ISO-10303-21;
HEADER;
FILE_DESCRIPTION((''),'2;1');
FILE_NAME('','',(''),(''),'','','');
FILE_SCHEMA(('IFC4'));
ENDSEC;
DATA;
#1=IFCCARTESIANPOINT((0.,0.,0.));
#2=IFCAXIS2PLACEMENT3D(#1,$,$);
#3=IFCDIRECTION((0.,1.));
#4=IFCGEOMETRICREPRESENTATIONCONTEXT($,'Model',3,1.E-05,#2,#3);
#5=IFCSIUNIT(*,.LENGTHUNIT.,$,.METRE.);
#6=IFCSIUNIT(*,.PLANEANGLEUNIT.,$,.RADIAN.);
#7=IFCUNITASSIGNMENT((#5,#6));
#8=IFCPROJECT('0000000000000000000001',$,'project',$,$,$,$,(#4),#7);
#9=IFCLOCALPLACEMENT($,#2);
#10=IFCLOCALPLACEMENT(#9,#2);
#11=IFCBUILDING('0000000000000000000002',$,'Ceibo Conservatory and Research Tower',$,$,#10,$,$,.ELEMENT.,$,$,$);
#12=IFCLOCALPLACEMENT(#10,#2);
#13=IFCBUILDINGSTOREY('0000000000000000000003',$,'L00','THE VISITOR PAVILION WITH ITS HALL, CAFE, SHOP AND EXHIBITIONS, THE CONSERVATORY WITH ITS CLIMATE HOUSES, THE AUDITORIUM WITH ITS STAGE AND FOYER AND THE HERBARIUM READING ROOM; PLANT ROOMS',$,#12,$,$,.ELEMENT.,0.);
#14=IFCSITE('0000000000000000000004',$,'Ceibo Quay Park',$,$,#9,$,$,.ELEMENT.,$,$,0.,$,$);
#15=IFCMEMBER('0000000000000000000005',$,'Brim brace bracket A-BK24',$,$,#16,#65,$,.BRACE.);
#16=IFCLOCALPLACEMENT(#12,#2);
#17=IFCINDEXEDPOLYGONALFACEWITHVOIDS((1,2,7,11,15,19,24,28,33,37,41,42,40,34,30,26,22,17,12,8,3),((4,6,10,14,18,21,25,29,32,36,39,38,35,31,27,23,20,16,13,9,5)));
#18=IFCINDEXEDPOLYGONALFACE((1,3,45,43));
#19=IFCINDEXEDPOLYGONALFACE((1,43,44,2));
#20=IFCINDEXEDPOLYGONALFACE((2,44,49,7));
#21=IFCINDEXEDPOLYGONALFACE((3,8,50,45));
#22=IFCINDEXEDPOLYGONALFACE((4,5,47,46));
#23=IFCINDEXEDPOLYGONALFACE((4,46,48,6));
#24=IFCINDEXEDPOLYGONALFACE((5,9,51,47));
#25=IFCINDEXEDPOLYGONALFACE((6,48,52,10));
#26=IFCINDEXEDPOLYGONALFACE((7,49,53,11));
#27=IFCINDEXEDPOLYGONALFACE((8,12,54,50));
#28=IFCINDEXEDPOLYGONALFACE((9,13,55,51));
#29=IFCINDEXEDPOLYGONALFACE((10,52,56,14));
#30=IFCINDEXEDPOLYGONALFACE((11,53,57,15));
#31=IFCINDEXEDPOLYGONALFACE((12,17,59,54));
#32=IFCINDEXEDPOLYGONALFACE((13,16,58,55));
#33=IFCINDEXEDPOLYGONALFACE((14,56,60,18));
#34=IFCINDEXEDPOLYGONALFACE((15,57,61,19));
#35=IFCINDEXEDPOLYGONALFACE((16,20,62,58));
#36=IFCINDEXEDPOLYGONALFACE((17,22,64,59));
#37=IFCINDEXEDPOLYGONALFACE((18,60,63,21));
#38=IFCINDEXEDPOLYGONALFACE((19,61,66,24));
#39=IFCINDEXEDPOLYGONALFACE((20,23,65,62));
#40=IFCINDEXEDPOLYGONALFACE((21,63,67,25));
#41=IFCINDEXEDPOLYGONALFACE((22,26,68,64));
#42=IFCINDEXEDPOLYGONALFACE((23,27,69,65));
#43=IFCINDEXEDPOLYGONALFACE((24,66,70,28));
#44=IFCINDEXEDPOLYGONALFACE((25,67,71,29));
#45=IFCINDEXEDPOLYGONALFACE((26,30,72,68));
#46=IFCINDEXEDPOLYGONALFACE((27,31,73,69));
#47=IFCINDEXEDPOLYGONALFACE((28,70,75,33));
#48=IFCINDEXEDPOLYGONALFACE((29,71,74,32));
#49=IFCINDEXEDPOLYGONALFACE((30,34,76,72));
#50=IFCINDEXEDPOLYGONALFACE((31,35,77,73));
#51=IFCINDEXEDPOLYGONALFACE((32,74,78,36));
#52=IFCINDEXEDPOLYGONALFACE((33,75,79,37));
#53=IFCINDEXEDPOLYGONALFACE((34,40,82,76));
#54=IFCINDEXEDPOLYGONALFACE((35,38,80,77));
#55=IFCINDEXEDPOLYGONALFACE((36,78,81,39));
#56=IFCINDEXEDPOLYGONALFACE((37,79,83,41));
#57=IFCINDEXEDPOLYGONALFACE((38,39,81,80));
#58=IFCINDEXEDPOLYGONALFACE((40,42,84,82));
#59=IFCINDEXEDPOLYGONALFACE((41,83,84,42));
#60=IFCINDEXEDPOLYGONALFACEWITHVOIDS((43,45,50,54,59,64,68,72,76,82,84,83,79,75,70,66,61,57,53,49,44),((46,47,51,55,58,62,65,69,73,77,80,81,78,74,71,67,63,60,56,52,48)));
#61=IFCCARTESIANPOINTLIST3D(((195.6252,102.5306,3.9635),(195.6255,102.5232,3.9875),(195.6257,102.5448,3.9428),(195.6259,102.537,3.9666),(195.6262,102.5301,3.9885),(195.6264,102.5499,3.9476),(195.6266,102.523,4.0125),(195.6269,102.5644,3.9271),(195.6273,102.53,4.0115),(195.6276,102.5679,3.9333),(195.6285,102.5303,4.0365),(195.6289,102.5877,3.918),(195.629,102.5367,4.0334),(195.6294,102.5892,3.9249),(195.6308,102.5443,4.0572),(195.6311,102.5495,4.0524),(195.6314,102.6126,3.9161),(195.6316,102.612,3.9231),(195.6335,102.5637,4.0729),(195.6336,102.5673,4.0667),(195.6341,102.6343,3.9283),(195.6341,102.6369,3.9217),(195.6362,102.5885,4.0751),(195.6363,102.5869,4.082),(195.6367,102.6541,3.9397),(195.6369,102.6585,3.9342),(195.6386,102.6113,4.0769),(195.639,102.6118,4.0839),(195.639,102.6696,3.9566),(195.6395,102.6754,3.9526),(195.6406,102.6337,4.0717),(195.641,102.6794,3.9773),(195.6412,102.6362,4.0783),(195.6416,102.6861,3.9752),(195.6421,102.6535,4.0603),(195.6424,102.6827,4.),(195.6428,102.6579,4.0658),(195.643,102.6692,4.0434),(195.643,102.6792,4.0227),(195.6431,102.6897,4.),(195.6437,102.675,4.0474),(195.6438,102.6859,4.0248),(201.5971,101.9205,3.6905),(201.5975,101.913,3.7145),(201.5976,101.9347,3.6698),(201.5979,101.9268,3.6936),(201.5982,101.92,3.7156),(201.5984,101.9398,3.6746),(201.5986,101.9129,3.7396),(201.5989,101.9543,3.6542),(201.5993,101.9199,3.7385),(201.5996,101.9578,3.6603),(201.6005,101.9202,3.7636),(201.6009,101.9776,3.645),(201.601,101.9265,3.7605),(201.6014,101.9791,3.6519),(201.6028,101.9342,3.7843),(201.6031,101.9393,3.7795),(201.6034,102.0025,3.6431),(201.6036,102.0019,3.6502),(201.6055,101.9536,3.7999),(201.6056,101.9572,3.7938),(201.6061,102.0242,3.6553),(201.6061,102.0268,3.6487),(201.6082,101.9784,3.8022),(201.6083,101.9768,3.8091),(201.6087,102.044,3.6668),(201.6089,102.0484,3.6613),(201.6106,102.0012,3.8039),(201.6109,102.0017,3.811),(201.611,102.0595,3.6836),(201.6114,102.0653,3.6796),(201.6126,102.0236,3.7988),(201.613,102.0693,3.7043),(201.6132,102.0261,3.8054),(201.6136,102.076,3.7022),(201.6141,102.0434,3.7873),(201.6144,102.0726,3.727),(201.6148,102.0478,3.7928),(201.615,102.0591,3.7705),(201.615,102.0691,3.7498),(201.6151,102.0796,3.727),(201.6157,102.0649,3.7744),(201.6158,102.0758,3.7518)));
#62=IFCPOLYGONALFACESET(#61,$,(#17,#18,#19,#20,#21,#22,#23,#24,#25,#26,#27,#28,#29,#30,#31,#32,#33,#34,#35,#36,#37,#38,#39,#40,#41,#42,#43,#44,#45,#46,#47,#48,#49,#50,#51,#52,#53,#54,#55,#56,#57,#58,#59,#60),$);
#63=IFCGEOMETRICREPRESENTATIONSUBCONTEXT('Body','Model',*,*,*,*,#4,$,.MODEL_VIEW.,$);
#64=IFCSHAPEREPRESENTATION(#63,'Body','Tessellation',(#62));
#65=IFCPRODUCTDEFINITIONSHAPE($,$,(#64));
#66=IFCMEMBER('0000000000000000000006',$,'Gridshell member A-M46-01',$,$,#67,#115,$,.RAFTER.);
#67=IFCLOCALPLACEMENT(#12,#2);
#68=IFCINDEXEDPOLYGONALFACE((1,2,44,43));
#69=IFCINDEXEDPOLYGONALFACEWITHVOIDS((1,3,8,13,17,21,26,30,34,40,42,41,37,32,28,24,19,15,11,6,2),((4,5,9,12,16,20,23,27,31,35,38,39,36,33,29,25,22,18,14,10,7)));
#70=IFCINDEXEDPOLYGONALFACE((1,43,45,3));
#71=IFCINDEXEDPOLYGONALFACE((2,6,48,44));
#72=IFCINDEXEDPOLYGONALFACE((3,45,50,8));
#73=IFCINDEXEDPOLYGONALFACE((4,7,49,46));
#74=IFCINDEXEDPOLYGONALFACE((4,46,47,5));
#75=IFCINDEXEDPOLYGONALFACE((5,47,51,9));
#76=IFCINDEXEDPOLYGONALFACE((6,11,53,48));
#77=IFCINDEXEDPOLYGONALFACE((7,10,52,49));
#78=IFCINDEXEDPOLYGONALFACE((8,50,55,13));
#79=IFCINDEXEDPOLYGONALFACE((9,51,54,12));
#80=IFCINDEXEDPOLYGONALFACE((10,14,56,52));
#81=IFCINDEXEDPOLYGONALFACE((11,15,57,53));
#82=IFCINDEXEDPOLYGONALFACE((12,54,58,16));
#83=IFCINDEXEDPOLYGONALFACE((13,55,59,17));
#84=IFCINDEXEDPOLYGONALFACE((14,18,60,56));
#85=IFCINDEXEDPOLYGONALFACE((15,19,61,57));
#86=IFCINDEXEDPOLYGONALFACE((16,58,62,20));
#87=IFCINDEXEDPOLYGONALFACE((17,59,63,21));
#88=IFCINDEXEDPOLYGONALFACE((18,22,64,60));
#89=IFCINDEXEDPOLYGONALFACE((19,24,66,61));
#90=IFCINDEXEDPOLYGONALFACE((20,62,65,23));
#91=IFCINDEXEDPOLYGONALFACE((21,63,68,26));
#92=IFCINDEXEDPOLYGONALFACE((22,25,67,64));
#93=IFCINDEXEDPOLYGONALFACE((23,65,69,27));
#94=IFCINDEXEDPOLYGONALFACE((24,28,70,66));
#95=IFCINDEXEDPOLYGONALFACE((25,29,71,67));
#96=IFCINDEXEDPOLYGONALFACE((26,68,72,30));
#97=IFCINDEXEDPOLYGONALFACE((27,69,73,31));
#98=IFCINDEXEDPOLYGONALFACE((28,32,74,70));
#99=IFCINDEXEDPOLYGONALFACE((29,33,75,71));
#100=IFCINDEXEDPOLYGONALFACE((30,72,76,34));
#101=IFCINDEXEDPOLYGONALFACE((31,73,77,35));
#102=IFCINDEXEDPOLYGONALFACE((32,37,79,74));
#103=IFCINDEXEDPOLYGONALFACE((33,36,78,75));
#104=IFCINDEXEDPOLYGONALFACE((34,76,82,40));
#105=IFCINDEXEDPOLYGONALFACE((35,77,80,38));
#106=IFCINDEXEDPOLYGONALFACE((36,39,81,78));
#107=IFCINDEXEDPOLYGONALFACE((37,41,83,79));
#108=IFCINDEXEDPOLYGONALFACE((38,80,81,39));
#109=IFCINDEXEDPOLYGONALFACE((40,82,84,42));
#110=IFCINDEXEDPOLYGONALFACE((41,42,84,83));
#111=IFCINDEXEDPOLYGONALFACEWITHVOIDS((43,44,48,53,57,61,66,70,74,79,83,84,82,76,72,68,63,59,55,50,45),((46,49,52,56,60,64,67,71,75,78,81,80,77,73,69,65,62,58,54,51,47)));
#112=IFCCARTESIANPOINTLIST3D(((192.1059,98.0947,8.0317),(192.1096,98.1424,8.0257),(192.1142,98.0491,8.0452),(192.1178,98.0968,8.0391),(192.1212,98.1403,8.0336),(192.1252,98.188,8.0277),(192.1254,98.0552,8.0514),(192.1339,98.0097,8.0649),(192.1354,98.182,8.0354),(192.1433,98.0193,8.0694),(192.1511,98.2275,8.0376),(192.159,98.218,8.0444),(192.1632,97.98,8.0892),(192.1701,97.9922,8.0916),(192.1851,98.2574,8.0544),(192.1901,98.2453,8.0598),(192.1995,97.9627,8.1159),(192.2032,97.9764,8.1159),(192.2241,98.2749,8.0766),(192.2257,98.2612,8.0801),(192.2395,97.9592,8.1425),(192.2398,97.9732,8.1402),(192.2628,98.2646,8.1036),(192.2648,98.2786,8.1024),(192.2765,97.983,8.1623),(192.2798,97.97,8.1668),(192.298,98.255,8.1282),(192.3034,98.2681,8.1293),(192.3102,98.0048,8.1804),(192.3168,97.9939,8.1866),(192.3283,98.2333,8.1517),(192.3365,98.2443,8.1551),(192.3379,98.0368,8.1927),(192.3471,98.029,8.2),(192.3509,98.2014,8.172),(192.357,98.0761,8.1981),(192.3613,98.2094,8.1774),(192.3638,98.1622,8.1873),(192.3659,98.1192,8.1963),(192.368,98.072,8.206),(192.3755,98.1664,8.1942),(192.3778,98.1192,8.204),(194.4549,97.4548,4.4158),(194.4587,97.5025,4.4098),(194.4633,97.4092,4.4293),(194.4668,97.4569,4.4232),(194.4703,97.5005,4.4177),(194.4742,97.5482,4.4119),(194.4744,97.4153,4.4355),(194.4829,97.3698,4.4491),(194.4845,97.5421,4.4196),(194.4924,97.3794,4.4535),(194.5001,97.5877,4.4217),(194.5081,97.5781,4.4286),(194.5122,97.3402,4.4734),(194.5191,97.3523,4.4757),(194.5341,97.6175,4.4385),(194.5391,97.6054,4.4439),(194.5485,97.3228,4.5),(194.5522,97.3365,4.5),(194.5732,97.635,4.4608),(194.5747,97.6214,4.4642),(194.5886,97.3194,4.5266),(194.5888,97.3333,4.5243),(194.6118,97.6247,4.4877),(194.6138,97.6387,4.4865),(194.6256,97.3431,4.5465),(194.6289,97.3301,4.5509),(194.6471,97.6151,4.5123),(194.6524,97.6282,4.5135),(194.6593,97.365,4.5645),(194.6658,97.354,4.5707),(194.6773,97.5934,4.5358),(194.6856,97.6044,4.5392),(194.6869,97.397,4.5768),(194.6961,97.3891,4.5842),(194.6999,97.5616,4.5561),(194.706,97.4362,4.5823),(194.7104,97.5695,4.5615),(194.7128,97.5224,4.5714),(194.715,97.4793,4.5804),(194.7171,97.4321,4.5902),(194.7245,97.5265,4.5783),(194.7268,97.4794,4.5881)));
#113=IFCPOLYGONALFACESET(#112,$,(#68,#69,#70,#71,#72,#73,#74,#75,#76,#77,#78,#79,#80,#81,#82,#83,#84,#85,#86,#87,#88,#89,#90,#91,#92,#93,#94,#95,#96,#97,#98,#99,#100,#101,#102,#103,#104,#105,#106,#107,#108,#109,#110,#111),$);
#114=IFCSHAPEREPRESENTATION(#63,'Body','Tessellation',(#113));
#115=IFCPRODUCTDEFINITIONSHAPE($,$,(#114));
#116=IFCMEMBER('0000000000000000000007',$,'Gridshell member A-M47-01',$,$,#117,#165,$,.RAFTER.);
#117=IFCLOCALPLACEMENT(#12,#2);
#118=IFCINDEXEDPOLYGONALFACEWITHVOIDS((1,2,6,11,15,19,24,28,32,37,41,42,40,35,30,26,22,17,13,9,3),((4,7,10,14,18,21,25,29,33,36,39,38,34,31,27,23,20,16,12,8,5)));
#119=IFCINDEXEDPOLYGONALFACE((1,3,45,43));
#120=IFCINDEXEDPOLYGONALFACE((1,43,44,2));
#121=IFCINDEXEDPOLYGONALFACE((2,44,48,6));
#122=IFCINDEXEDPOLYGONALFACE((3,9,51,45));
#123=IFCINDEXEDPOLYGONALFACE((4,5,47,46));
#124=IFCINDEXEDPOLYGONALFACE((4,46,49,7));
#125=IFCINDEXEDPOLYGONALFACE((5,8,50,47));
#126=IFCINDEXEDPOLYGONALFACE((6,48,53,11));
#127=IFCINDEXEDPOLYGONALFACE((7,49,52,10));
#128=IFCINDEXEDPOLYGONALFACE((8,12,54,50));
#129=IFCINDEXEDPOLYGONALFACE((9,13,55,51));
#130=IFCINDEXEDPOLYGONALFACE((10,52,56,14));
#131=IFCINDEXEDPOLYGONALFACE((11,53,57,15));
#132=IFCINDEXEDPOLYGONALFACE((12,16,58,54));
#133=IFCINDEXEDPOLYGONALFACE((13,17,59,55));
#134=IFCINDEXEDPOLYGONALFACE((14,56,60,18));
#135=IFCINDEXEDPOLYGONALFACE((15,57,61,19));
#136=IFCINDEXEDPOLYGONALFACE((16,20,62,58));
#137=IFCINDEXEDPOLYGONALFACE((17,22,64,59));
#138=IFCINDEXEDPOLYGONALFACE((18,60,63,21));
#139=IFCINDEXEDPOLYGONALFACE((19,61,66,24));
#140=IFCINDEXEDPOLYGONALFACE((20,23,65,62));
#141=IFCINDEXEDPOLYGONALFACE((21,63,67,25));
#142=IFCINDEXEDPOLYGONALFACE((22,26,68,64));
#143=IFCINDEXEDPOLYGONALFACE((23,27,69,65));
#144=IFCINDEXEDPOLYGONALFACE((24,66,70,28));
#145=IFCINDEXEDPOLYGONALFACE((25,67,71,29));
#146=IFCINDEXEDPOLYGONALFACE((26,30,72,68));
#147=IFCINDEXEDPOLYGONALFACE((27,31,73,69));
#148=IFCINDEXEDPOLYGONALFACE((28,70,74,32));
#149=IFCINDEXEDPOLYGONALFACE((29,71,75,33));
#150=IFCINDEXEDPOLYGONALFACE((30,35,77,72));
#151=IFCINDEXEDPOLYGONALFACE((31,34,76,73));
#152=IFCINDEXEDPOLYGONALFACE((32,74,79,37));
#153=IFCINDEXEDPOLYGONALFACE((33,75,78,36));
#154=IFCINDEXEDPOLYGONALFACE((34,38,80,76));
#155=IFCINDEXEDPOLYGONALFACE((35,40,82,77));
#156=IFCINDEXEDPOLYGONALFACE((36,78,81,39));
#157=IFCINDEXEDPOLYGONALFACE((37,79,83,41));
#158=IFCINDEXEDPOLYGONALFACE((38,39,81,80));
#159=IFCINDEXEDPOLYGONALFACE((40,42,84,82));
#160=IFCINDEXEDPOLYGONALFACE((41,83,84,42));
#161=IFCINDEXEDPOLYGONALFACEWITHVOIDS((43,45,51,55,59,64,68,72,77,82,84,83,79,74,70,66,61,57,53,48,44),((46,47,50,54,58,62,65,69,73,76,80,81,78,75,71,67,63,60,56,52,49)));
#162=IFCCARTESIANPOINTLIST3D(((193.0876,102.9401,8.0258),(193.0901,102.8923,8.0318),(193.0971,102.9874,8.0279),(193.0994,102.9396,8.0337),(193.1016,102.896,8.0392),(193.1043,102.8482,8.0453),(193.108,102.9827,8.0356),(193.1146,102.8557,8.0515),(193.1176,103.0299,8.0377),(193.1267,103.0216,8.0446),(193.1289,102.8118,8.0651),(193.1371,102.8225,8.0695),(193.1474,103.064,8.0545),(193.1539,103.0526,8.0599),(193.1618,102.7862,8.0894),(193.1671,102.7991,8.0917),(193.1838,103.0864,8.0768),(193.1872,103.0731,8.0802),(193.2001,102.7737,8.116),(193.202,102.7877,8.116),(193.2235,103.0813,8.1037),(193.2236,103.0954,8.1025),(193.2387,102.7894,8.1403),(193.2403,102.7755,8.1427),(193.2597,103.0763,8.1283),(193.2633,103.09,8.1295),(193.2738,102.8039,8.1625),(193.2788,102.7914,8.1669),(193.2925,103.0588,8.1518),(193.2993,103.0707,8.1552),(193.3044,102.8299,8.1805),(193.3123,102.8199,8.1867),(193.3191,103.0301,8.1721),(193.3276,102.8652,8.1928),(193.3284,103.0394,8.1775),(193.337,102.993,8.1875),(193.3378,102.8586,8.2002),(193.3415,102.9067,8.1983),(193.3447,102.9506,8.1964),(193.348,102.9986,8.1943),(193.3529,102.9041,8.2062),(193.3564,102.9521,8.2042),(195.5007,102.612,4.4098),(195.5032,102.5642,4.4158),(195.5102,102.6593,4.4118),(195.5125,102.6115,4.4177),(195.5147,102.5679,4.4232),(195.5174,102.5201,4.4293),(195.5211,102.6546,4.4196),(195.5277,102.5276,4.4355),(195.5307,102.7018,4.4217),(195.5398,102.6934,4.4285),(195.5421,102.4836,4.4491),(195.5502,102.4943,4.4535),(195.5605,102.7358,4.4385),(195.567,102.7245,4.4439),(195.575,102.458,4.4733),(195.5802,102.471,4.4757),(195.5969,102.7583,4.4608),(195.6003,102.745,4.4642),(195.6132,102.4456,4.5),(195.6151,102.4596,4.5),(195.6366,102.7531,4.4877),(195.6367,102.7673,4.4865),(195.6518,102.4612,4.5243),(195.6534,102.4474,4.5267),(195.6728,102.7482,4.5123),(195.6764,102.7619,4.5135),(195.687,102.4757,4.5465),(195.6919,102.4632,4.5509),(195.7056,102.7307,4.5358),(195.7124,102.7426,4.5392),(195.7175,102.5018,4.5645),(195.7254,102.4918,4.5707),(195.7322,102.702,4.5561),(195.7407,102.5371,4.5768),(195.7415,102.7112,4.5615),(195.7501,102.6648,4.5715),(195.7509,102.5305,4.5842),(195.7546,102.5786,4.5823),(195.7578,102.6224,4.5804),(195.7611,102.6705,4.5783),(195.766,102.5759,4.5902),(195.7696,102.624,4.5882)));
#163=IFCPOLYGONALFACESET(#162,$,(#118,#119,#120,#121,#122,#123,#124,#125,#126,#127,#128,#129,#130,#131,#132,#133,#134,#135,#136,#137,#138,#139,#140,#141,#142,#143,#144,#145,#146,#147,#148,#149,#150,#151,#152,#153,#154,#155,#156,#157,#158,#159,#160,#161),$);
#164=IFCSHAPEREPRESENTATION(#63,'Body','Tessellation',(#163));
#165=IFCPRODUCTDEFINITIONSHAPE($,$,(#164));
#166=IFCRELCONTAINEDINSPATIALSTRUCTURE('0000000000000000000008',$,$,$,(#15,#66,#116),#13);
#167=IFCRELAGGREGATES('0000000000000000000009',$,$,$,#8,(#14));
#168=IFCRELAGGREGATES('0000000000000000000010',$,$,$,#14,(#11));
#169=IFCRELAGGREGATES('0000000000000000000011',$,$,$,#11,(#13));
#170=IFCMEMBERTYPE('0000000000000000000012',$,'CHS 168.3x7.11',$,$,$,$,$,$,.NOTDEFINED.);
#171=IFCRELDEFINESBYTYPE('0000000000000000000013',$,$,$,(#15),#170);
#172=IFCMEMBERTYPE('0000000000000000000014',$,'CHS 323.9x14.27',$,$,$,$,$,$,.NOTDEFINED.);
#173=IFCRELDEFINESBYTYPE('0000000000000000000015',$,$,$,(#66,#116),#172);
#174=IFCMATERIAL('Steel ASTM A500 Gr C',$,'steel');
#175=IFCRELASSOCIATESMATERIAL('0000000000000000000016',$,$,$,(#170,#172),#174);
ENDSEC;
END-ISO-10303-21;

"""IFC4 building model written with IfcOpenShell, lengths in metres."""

from ifc_helpers import new_model, si_unit, direction, frame, origin, origin_2d, place, context, subcontext, project, spatial, hollow_circle, extrude, material, material_profile, profile_set, type_object, element, save


model = new_model("IFC4")

# Units and contexts
model_context = context("Model", 3, precision=1e-05, world=origin(), true_north=direction((0.0, 1.0)))
body_context = subcontext(model_context, "Body", "Model", "MODEL_VIEW")
ifc_project = project(units=[si_unit("LENGTHUNIT", "METRE"), si_unit("PLANEANGLEUNIT", "RADIAN")], contexts=[model_context])

# Site, building, storey
site_placement = place(None, origin())
site = spatial("IfcSite", under=ifc_project, at=site_placement, Name="Ceibo Quay Park", CompositionType="ELEMENT", RefElevation=0.0)
building_placement = place(site_placement, origin())
building = spatial("IfcBuilding", under=site, at=building_placement, Name="Ceibo Conservatory and Research Tower", CompositionType="ELEMENT")
storey_placement = place(building_placement, origin())
storey = spatial("IfcBuildingStorey", under=building, at=storey_placement, Name="L00", Description="THE VISITOR PAVILION WITH ITS HALL, CAFE, SHOP AND EXHIBITIONS, THE CONSERVATORY WITH ITS CLIMATE HOUSES, THE AUDITORIUM WITH ITS STAGE AND FOYER AND THE HERBARIUM READING ROOM; PLANT ROOMS", CompositionType="ELEMENT", Elevation=0.0)

# Shared definitions
ifc_material_1 = material(Name="Steel ASTM A500 Gr C", Category="steel")

# Members
ifc_material_profile_1 = material_profile(ifc_material_1, hollow_circle(Radius=0.0842, WallThickness=0.0071, at=origin_2d()), Name="CHS 168.3x7.11")
ifc_profile_set_1 = profile_set([ifc_material_profile_1], Name="Steel ASTM A500 Gr C")
member_type_1 = type_object("IfcMemberType", Name="CHS 168.3x7.11", PredefinedType="NOTDEFINED", material=ifc_profile_set_1)
member_1_placement = place(storey_placement, frame((195.6345, 102.606, 4.0), z_axis=(0.993795, -0.101529, -0.045422), x_axis=(0.101634, 0.994822, 0.0)))
element("IfcMember", 1, at=member_1_placement, inside=storey, type_object=member_type_1, Name="Brim brace bracket A-BK24", PredefinedType="BRACE", context=body_context, shape_type="SweptSolid", body=[
    extrude(hollow_circle(Radius=0.0842, WallThickness=0.0071, at=origin_2d()), origin(), (0.0, 0.0, 1.0), 6.0093),
])
ifc_material_profile_2 = material_profile(ifc_material_1, hollow_circle(Radius=0.1619, WallThickness=0.0142, at=origin_2d()), Name="CHS 323.9x14.27")
ifc_profile_set_2 = profile_set([ifc_material_profile_2], Name="Steel ASTM A500 Gr C")
member_type_2 = type_object("IfcMemberType", Name="CHS 323.9x14.27", PredefinedType="NOTDEFINED", material=ifc_profile_set_2)
member_2_placement = place(storey_placement, frame((194.5911, 97.479, 4.5), z_axis=(-0.538882, 0.14679, 0.829493), x_axis=(-0.26282, -0.964845, 0.0)))
element("IfcMember", 2, at=member_2_placement, inside=storey, type_object=member_type_2, Name="Gridshell member A-M46-01", PredefinedType="RAFTER", context=body_context, shape_type="SweptSolid", body=[
    extrude(hollow_circle(Radius=0.1619, WallThickness=0.0142, at=origin_2d()), origin(), (0.0, 0.0, 1.0), 4.3591),
])
member_3_placement = place(storey_placement, frame((195.635, 102.606, 4.5), z_axis=(-0.553514, 0.075265, 0.829432), x_axis=(-0.134737, -0.990881, 0.0)))
element("IfcMember", 3, at=member_3_placement, inside=storey, type_object=member_type_2, Name="Gridshell member A-M47-01", PredefinedType="RAFTER", context=body_context, shape_type="SweptSolid", body=[
    extrude(hollow_circle(Radius=0.1619, WallThickness=0.0142, at=origin_2d()), origin(), (0.0, 0.0, 1.0), 4.3596),
])

save(model, "model.ifc")
